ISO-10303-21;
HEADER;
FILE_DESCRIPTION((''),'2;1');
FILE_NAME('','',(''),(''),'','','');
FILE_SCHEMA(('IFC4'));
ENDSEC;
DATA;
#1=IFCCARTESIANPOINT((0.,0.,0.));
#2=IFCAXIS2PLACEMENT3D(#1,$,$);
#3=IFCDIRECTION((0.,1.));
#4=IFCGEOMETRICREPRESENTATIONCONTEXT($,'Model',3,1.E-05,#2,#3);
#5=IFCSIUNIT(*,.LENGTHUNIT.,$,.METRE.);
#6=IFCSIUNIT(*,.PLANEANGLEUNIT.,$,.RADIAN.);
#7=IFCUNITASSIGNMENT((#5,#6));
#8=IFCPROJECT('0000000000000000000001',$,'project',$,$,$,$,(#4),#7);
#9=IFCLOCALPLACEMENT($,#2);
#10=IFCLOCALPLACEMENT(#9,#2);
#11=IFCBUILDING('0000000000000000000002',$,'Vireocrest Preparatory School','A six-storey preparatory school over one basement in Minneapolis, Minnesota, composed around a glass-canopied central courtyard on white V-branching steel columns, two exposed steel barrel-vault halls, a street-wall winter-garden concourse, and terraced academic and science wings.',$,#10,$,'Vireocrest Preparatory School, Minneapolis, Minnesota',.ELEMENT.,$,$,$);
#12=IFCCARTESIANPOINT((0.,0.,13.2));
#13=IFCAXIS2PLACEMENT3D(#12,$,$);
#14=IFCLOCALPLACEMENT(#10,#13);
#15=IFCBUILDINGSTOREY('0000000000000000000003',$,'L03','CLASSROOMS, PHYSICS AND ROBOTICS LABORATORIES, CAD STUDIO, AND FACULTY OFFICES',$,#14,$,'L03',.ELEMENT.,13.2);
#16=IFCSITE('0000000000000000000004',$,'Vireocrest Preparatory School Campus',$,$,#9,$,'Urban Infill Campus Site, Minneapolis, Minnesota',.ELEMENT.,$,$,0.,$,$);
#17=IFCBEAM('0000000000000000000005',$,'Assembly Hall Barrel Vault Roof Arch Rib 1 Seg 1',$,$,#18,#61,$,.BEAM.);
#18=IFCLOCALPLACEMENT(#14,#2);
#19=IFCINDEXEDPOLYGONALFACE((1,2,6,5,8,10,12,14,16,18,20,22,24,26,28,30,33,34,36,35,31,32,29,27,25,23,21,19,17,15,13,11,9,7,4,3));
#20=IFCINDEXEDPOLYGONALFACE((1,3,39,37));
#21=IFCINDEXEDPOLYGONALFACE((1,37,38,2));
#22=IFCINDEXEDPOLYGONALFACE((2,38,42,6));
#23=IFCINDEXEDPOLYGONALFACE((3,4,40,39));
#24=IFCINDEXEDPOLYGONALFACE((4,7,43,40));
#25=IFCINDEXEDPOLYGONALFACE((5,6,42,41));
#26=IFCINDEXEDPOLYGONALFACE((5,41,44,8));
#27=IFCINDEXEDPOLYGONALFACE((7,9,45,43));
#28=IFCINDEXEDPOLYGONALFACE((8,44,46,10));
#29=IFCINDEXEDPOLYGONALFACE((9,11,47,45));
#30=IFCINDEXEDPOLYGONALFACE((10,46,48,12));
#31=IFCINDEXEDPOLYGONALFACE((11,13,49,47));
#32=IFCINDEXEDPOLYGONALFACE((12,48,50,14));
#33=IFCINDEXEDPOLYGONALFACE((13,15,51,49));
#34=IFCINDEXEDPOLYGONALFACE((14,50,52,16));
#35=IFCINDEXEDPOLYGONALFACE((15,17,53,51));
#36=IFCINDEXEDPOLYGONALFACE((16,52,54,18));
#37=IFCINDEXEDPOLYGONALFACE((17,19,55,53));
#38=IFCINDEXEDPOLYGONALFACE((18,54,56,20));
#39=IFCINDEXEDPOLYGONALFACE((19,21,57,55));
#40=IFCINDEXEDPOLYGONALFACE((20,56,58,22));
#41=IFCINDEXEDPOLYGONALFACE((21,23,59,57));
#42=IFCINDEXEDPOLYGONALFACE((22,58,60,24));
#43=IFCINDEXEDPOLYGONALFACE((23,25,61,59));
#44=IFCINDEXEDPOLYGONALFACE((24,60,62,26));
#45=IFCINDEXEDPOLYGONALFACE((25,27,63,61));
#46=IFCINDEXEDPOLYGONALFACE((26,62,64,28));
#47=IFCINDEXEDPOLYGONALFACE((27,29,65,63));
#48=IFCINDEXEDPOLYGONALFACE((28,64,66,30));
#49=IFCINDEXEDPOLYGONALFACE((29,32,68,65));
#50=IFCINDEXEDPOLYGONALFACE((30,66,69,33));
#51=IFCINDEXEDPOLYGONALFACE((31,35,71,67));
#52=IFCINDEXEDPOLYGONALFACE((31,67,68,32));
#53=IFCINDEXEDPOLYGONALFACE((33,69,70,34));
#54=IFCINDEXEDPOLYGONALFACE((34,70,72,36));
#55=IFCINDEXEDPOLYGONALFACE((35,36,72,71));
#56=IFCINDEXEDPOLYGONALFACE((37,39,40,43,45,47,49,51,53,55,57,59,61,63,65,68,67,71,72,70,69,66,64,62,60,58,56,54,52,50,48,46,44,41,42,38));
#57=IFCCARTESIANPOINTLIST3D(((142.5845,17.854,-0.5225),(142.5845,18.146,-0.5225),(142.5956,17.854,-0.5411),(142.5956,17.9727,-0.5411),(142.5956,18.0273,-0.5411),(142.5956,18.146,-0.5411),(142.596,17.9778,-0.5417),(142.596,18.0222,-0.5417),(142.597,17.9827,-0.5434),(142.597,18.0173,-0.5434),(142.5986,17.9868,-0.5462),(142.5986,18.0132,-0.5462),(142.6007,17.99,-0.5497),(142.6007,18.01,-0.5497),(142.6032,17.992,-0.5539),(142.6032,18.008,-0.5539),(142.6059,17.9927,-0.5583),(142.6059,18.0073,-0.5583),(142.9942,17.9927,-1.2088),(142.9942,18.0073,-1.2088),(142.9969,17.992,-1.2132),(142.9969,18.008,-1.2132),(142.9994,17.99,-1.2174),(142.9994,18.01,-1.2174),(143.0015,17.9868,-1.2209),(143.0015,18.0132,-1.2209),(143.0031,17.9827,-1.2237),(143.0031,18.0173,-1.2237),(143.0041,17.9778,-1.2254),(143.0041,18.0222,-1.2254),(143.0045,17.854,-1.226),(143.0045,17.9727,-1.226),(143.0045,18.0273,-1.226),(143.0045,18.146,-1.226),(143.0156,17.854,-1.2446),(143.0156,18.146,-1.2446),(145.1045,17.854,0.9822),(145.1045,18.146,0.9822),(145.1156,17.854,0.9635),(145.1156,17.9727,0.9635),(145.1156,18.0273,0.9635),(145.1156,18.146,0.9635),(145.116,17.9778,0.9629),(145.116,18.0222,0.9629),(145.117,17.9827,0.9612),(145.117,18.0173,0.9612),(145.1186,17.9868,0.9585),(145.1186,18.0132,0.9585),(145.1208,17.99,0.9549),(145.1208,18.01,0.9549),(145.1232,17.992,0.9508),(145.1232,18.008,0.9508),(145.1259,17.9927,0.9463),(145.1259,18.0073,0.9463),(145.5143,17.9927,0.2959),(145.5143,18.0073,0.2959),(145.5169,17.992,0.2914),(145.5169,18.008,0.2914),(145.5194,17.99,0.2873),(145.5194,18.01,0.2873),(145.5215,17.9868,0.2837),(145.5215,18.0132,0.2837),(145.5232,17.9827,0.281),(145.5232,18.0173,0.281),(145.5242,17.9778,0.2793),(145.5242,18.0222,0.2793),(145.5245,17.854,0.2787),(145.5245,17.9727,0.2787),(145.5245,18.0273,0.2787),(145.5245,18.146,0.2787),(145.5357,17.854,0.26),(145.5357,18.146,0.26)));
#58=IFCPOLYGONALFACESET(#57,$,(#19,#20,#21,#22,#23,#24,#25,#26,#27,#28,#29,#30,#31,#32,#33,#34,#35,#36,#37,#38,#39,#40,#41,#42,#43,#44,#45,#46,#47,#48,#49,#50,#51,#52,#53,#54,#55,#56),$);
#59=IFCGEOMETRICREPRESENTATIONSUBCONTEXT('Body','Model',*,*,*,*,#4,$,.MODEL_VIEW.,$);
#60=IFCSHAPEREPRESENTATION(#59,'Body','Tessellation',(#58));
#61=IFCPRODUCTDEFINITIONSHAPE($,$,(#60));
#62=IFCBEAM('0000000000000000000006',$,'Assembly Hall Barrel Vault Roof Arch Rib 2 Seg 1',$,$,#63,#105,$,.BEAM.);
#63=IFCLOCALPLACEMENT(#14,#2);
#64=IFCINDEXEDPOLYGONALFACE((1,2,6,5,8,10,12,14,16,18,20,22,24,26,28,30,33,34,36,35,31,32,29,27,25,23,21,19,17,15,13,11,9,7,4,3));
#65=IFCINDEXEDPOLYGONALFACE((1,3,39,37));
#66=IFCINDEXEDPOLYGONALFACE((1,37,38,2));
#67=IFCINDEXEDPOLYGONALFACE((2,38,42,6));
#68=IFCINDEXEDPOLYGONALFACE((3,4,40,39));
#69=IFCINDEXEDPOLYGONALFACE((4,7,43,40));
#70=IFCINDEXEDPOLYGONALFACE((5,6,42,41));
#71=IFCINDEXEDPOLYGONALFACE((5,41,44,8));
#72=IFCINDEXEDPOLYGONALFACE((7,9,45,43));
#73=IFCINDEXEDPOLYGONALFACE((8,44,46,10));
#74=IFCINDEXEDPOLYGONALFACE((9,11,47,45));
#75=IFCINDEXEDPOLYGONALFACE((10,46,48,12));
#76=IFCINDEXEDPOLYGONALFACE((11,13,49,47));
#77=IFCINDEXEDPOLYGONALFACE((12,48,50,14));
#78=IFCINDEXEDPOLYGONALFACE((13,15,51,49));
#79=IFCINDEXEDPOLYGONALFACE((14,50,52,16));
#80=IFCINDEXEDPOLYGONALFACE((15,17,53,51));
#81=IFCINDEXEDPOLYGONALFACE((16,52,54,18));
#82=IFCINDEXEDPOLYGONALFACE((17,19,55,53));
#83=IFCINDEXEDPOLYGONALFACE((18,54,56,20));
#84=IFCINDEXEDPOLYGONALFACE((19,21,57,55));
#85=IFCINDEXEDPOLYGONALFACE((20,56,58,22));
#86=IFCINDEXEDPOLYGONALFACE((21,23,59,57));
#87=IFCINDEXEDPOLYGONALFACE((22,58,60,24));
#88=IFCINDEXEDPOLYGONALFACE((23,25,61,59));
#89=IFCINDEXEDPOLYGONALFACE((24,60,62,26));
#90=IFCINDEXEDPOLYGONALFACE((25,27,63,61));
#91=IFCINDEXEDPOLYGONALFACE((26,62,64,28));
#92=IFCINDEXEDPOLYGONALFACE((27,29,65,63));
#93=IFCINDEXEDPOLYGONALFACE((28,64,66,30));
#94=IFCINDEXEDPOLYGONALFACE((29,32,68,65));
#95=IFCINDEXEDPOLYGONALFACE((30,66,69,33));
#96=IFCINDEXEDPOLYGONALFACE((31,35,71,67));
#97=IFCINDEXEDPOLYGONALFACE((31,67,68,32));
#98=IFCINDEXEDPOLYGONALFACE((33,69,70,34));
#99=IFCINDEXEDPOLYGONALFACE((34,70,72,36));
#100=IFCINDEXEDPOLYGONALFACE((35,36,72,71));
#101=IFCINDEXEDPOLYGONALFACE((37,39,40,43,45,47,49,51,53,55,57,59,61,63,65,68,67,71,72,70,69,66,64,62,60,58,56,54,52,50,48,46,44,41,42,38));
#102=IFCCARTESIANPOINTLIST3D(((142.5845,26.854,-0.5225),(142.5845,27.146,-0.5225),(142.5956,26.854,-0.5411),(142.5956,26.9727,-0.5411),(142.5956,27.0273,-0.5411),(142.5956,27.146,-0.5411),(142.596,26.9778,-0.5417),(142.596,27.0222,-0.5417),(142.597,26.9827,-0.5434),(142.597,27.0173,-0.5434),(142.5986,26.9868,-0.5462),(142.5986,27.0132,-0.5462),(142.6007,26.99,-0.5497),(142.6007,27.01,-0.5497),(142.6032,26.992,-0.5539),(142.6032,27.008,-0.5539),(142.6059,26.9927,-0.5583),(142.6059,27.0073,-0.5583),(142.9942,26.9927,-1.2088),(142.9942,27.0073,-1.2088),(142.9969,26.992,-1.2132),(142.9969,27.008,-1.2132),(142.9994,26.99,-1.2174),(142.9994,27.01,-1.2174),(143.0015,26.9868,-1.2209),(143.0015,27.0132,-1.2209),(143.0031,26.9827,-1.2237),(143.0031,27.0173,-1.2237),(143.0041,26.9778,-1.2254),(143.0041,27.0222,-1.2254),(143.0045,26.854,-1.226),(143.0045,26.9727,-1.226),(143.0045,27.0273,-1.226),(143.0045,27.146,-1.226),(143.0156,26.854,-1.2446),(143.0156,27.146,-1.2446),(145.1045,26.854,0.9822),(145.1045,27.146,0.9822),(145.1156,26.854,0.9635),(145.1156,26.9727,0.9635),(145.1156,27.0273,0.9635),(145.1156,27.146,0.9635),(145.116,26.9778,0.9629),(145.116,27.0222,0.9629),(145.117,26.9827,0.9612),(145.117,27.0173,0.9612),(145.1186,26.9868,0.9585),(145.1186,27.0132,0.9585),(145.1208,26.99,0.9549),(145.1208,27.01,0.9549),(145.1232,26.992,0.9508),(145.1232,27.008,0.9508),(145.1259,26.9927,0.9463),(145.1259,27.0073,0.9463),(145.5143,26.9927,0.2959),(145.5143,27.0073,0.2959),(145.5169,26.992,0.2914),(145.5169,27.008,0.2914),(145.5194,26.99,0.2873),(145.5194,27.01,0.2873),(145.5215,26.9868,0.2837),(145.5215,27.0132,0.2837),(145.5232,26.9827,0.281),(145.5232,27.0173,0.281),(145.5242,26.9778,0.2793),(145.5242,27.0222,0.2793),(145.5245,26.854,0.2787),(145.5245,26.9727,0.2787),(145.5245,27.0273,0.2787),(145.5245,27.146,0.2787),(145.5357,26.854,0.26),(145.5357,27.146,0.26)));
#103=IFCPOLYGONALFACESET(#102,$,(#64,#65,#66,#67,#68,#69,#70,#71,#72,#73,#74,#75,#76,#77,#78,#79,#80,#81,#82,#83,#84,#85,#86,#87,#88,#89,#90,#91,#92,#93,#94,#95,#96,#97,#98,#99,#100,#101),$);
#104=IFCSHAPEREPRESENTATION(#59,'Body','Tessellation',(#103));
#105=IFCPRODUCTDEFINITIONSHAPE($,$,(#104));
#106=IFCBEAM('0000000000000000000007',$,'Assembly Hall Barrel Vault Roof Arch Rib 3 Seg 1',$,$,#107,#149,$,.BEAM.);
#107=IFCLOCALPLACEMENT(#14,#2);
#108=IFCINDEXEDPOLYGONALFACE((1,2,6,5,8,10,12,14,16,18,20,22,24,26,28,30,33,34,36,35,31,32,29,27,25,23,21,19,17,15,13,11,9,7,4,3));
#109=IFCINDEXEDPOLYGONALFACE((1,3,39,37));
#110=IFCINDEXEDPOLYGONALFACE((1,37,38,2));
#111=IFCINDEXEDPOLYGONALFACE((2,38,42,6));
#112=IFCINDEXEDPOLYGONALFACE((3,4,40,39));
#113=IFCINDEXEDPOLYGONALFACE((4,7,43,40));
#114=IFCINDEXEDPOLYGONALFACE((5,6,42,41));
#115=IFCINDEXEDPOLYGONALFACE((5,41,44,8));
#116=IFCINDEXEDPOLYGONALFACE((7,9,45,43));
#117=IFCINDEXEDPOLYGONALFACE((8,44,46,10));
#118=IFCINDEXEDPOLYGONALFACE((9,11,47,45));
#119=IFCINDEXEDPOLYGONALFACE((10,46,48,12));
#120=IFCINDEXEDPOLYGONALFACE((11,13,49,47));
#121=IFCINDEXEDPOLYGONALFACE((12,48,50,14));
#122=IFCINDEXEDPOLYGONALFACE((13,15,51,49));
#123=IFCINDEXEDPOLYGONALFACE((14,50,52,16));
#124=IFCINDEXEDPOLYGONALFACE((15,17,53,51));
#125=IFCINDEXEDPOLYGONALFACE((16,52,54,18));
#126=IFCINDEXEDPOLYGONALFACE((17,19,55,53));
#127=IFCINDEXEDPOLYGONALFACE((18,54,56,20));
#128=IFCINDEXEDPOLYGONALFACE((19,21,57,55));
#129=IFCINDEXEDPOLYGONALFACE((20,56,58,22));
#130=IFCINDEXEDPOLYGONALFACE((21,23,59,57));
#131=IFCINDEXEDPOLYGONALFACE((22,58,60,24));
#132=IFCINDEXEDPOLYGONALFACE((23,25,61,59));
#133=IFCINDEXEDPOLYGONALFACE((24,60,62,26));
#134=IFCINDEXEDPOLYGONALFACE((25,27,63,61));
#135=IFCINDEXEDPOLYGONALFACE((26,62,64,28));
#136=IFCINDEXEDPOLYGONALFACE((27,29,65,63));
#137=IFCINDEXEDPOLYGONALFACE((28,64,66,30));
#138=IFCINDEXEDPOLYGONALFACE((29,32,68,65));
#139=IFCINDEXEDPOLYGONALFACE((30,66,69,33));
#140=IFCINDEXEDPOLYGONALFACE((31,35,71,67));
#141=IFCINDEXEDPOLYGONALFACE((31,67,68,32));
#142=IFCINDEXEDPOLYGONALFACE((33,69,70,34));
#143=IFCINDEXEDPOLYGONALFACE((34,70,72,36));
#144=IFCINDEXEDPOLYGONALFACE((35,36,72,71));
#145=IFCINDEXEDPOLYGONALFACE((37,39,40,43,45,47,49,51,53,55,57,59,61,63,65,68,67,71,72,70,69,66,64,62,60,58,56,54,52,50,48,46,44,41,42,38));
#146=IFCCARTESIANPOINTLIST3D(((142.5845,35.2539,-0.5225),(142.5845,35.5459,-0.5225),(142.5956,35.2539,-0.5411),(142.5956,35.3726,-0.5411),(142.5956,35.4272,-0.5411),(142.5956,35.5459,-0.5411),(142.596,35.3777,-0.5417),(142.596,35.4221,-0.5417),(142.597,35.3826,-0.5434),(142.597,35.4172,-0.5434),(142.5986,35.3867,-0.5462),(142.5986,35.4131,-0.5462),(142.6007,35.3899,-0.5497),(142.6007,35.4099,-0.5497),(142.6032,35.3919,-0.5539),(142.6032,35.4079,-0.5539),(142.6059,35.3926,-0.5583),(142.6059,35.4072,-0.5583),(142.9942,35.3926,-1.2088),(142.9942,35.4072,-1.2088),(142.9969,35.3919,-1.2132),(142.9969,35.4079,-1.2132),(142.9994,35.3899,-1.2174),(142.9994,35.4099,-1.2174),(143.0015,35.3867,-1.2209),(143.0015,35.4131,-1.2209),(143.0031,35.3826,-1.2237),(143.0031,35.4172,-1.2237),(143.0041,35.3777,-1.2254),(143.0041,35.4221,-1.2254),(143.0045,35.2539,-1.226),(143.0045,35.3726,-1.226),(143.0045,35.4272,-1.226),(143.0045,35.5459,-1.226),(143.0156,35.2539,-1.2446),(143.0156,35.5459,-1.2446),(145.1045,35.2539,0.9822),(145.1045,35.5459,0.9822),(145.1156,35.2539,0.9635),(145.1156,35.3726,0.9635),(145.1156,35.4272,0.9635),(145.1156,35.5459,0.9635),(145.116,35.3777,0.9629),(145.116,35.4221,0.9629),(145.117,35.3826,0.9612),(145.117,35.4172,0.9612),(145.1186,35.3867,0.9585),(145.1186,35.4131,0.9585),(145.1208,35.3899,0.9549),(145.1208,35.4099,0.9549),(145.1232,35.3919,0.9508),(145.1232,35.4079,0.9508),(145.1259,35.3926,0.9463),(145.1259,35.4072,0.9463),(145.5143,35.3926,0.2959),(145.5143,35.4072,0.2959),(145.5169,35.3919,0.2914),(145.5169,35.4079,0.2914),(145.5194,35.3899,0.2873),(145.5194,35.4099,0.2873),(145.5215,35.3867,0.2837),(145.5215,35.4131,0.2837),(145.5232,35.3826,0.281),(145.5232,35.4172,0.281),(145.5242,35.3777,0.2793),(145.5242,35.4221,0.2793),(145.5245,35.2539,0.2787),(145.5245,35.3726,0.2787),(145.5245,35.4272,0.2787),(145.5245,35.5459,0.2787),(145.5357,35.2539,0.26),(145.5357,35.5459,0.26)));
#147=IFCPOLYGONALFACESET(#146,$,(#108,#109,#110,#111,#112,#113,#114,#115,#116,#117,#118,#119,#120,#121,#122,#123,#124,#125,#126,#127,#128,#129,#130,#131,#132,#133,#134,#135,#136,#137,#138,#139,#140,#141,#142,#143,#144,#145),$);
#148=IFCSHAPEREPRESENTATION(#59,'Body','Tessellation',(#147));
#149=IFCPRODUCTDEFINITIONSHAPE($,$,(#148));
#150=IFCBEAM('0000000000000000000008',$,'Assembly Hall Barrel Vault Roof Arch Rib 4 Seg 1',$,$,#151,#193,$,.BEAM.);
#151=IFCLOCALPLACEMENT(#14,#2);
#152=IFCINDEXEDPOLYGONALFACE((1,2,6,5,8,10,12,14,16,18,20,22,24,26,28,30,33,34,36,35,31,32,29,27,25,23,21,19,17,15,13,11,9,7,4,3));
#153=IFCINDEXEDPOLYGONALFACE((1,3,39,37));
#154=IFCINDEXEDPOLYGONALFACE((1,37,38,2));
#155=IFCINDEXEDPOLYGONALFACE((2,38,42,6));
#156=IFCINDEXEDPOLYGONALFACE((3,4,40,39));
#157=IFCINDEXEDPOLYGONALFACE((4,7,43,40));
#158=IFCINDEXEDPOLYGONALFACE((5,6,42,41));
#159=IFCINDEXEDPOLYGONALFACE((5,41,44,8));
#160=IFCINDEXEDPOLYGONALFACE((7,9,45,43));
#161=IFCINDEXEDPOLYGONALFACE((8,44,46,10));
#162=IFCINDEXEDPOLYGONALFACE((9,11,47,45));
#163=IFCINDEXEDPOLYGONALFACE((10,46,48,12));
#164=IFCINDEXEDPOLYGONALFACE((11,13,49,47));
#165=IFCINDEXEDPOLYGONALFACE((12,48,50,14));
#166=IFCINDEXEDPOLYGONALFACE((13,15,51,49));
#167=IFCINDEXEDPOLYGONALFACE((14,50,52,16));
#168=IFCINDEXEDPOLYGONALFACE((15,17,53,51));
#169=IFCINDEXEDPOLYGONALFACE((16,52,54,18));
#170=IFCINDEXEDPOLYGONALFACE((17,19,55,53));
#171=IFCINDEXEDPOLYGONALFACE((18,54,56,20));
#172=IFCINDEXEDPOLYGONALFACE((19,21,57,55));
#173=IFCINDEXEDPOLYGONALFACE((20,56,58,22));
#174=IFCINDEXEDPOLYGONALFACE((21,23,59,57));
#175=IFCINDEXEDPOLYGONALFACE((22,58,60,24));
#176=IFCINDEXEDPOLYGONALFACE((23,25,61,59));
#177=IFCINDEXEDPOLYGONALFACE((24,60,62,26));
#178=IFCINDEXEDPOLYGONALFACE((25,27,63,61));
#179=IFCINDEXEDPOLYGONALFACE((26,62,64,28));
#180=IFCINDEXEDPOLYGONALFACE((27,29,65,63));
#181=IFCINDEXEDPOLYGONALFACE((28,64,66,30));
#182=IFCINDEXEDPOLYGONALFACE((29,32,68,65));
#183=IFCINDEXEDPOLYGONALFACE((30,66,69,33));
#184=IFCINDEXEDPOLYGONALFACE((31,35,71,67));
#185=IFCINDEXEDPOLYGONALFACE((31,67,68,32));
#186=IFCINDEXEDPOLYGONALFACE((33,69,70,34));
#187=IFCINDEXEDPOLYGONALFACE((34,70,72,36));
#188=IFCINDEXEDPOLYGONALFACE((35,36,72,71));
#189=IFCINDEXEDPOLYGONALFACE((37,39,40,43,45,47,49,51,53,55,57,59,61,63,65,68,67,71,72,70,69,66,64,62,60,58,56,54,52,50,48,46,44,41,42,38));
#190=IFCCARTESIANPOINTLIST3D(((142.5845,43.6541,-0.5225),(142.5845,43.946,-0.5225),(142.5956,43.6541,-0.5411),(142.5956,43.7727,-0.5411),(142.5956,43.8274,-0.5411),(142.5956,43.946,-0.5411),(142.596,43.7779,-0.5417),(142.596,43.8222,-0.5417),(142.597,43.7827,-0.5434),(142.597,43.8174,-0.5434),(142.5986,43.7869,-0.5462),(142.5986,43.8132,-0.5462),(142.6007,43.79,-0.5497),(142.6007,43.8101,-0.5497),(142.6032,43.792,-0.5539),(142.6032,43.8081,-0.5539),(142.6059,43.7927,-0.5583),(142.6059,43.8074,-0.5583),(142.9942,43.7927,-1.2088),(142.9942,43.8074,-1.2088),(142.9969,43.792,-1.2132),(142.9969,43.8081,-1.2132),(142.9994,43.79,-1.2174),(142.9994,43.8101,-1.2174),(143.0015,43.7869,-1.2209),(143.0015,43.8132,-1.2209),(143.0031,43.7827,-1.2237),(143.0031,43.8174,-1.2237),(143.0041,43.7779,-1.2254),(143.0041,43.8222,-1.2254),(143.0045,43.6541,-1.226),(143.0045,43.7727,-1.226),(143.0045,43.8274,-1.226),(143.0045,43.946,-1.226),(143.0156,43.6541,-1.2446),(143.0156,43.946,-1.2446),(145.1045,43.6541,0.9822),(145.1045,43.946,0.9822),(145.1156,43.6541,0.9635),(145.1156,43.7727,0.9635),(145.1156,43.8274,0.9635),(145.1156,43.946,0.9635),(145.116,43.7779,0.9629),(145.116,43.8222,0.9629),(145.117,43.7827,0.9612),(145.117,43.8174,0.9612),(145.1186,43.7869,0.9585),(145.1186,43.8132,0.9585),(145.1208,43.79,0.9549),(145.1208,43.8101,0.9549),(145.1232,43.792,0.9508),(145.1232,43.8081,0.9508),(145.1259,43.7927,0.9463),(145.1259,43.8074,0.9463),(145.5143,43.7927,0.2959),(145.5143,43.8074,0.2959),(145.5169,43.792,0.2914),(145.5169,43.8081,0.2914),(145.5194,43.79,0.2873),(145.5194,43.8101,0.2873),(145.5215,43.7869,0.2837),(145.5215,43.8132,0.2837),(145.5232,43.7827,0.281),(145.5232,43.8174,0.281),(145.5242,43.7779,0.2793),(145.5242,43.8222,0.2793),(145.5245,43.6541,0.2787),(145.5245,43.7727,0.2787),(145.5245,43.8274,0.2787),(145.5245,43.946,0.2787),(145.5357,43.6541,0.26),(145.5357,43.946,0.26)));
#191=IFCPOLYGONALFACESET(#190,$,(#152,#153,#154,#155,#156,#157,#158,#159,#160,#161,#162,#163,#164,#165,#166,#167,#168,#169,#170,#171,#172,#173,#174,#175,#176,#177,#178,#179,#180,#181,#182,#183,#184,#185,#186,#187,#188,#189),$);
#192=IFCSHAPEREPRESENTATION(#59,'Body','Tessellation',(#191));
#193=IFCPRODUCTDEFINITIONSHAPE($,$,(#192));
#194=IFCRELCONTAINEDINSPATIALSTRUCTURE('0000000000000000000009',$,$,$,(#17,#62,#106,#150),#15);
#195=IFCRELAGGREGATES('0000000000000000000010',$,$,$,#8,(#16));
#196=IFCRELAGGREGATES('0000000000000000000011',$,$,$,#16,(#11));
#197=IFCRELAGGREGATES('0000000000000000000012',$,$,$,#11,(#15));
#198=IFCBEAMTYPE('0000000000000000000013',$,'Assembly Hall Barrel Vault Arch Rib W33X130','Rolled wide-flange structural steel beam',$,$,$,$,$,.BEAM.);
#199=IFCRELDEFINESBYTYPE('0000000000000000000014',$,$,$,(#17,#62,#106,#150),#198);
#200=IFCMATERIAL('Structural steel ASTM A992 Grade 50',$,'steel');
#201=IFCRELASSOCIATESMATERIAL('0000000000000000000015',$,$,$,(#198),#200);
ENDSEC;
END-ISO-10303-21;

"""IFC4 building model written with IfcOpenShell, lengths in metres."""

from ifc_helpers import new_model, si_unit, direction, frame, origin, origin_2d, place, context, subcontext, project, spatial, i_section, extrude, material, material_profile, profile_set, type_object, element, save


model = new_model("IFC4")

# Units and contexts
model_context = context("Model", 3, precision=1e-05, world=origin(), true_north=direction((0.0, 1.0)))
body_context = subcontext(model_context, "Body", "Model", "MODEL_VIEW")
ifc_project = project(units=[si_unit("LENGTHUNIT", "METRE"), si_unit("PLANEANGLEUNIT", "RADIAN")], contexts=[model_context])

# Site, building, storey
site_placement = place(None, origin())
site = spatial("IfcSite", under=ifc_project, at=site_placement, Name="Vireocrest Preparatory School Campus", LongName="Urban Infill Campus Site, Minneapolis, Minnesota", CompositionType="ELEMENT", RefElevation=0.0)
building_placement = place(site_placement, origin())
building = spatial("IfcBuilding", under=site, at=building_placement, Name="Vireocrest Preparatory School", Description="A six-storey preparatory school over one basement in Minneapolis, Minnesota, composed around a glass-canopied central courtyard on white V-branching steel columns, two exposed steel barrel-vault halls, a street-wall winter-garden concourse, and terraced academic and science wings.", LongName="Vireocrest Preparatory School, Minneapolis, Minnesota", CompositionType="ELEMENT")
storey_placement = place(building_placement, frame((0.0, 0.0, 13.2)))
storey = spatial("IfcBuildingStorey", under=building, at=storey_placement, Name="L03", Description="CLASSROOMS, PHYSICS AND ROBOTICS LABORATORIES, CAD STUDIO, AND FACULTY OFFICES", LongName="L03", CompositionType="ELEMENT", Elevation=13.2)

# Beams
ifc_material_1 = material(Name="Structural steel ASTM A992 Grade 50", Category="steel")
ifc_material_profile_1 = material_profile(ifc_material_1, i_section(OverallWidth=0.292, OverallDepth=0.8411, WebThickness=0.0146, FlangeThickness=0.0217, FilletRadius=0.02, at=origin_2d()), Name="W33X130")
ifc_profile_set_1 = profile_set([ifc_material_profile_1], Name="Structural steel ASTM A992 Grade 50")
beam_type_1 = type_object("IfcBeamType", Name="Assembly Hall Barrel Vault Arch Rib W33X130", Description="Rolled wide-flange structural steel beam", PredefinedType="BEAM", material=ifc_profile_set_1)
for number, where, z_axis, x_axis, name in (
    (1, (142.8, 18.0, -0.8835), (0.858599, 0.0, 0.512647), (0.0, 1.0, 0.0), "Assembly Hall Barrel Vault Roof Arch Rib 1 Seg 1"),
    (2, (142.8, 27.0, -0.8835), (0.858599, 0.0, 0.512647), (0.0, 1.0, 0.0), "Assembly Hall Barrel Vault Roof Arch Rib 2 Seg 1"),
    (3, (142.8, 35.3999, -0.8835), (0.858599, 0.0, 0.512647), (0.0, 1.0, 0.0), "Assembly Hall Barrel Vault Roof Arch Rib 3 Seg 1"),
    (4, (142.8, 43.8, -0.8835), (0.858599, 0.0, 0.512647), (0.0, 1.0, 0.0), "Assembly Hall Barrel Vault Roof Arch Rib 4 Seg 1"),
):
    element("IfcBeam", number, at=place(storey_placement, frame(where, z_axis=z_axis, x_axis=x_axis)), inside=storey, type_object=beam_type_1, Name=name, PredefinedType="BEAM", context=body_context, shape_type="SweptSolid", body=[
        extrude(i_section(OverallWidth=0.292, OverallDepth=0.8411, WebThickness=0.0146, FlangeThickness=0.0217, FilletRadius=0.02, at=origin_2d()), origin(), (0.0, 0.0, 1.0), 2.9351),
    ])

save(model, "model.ifc")
